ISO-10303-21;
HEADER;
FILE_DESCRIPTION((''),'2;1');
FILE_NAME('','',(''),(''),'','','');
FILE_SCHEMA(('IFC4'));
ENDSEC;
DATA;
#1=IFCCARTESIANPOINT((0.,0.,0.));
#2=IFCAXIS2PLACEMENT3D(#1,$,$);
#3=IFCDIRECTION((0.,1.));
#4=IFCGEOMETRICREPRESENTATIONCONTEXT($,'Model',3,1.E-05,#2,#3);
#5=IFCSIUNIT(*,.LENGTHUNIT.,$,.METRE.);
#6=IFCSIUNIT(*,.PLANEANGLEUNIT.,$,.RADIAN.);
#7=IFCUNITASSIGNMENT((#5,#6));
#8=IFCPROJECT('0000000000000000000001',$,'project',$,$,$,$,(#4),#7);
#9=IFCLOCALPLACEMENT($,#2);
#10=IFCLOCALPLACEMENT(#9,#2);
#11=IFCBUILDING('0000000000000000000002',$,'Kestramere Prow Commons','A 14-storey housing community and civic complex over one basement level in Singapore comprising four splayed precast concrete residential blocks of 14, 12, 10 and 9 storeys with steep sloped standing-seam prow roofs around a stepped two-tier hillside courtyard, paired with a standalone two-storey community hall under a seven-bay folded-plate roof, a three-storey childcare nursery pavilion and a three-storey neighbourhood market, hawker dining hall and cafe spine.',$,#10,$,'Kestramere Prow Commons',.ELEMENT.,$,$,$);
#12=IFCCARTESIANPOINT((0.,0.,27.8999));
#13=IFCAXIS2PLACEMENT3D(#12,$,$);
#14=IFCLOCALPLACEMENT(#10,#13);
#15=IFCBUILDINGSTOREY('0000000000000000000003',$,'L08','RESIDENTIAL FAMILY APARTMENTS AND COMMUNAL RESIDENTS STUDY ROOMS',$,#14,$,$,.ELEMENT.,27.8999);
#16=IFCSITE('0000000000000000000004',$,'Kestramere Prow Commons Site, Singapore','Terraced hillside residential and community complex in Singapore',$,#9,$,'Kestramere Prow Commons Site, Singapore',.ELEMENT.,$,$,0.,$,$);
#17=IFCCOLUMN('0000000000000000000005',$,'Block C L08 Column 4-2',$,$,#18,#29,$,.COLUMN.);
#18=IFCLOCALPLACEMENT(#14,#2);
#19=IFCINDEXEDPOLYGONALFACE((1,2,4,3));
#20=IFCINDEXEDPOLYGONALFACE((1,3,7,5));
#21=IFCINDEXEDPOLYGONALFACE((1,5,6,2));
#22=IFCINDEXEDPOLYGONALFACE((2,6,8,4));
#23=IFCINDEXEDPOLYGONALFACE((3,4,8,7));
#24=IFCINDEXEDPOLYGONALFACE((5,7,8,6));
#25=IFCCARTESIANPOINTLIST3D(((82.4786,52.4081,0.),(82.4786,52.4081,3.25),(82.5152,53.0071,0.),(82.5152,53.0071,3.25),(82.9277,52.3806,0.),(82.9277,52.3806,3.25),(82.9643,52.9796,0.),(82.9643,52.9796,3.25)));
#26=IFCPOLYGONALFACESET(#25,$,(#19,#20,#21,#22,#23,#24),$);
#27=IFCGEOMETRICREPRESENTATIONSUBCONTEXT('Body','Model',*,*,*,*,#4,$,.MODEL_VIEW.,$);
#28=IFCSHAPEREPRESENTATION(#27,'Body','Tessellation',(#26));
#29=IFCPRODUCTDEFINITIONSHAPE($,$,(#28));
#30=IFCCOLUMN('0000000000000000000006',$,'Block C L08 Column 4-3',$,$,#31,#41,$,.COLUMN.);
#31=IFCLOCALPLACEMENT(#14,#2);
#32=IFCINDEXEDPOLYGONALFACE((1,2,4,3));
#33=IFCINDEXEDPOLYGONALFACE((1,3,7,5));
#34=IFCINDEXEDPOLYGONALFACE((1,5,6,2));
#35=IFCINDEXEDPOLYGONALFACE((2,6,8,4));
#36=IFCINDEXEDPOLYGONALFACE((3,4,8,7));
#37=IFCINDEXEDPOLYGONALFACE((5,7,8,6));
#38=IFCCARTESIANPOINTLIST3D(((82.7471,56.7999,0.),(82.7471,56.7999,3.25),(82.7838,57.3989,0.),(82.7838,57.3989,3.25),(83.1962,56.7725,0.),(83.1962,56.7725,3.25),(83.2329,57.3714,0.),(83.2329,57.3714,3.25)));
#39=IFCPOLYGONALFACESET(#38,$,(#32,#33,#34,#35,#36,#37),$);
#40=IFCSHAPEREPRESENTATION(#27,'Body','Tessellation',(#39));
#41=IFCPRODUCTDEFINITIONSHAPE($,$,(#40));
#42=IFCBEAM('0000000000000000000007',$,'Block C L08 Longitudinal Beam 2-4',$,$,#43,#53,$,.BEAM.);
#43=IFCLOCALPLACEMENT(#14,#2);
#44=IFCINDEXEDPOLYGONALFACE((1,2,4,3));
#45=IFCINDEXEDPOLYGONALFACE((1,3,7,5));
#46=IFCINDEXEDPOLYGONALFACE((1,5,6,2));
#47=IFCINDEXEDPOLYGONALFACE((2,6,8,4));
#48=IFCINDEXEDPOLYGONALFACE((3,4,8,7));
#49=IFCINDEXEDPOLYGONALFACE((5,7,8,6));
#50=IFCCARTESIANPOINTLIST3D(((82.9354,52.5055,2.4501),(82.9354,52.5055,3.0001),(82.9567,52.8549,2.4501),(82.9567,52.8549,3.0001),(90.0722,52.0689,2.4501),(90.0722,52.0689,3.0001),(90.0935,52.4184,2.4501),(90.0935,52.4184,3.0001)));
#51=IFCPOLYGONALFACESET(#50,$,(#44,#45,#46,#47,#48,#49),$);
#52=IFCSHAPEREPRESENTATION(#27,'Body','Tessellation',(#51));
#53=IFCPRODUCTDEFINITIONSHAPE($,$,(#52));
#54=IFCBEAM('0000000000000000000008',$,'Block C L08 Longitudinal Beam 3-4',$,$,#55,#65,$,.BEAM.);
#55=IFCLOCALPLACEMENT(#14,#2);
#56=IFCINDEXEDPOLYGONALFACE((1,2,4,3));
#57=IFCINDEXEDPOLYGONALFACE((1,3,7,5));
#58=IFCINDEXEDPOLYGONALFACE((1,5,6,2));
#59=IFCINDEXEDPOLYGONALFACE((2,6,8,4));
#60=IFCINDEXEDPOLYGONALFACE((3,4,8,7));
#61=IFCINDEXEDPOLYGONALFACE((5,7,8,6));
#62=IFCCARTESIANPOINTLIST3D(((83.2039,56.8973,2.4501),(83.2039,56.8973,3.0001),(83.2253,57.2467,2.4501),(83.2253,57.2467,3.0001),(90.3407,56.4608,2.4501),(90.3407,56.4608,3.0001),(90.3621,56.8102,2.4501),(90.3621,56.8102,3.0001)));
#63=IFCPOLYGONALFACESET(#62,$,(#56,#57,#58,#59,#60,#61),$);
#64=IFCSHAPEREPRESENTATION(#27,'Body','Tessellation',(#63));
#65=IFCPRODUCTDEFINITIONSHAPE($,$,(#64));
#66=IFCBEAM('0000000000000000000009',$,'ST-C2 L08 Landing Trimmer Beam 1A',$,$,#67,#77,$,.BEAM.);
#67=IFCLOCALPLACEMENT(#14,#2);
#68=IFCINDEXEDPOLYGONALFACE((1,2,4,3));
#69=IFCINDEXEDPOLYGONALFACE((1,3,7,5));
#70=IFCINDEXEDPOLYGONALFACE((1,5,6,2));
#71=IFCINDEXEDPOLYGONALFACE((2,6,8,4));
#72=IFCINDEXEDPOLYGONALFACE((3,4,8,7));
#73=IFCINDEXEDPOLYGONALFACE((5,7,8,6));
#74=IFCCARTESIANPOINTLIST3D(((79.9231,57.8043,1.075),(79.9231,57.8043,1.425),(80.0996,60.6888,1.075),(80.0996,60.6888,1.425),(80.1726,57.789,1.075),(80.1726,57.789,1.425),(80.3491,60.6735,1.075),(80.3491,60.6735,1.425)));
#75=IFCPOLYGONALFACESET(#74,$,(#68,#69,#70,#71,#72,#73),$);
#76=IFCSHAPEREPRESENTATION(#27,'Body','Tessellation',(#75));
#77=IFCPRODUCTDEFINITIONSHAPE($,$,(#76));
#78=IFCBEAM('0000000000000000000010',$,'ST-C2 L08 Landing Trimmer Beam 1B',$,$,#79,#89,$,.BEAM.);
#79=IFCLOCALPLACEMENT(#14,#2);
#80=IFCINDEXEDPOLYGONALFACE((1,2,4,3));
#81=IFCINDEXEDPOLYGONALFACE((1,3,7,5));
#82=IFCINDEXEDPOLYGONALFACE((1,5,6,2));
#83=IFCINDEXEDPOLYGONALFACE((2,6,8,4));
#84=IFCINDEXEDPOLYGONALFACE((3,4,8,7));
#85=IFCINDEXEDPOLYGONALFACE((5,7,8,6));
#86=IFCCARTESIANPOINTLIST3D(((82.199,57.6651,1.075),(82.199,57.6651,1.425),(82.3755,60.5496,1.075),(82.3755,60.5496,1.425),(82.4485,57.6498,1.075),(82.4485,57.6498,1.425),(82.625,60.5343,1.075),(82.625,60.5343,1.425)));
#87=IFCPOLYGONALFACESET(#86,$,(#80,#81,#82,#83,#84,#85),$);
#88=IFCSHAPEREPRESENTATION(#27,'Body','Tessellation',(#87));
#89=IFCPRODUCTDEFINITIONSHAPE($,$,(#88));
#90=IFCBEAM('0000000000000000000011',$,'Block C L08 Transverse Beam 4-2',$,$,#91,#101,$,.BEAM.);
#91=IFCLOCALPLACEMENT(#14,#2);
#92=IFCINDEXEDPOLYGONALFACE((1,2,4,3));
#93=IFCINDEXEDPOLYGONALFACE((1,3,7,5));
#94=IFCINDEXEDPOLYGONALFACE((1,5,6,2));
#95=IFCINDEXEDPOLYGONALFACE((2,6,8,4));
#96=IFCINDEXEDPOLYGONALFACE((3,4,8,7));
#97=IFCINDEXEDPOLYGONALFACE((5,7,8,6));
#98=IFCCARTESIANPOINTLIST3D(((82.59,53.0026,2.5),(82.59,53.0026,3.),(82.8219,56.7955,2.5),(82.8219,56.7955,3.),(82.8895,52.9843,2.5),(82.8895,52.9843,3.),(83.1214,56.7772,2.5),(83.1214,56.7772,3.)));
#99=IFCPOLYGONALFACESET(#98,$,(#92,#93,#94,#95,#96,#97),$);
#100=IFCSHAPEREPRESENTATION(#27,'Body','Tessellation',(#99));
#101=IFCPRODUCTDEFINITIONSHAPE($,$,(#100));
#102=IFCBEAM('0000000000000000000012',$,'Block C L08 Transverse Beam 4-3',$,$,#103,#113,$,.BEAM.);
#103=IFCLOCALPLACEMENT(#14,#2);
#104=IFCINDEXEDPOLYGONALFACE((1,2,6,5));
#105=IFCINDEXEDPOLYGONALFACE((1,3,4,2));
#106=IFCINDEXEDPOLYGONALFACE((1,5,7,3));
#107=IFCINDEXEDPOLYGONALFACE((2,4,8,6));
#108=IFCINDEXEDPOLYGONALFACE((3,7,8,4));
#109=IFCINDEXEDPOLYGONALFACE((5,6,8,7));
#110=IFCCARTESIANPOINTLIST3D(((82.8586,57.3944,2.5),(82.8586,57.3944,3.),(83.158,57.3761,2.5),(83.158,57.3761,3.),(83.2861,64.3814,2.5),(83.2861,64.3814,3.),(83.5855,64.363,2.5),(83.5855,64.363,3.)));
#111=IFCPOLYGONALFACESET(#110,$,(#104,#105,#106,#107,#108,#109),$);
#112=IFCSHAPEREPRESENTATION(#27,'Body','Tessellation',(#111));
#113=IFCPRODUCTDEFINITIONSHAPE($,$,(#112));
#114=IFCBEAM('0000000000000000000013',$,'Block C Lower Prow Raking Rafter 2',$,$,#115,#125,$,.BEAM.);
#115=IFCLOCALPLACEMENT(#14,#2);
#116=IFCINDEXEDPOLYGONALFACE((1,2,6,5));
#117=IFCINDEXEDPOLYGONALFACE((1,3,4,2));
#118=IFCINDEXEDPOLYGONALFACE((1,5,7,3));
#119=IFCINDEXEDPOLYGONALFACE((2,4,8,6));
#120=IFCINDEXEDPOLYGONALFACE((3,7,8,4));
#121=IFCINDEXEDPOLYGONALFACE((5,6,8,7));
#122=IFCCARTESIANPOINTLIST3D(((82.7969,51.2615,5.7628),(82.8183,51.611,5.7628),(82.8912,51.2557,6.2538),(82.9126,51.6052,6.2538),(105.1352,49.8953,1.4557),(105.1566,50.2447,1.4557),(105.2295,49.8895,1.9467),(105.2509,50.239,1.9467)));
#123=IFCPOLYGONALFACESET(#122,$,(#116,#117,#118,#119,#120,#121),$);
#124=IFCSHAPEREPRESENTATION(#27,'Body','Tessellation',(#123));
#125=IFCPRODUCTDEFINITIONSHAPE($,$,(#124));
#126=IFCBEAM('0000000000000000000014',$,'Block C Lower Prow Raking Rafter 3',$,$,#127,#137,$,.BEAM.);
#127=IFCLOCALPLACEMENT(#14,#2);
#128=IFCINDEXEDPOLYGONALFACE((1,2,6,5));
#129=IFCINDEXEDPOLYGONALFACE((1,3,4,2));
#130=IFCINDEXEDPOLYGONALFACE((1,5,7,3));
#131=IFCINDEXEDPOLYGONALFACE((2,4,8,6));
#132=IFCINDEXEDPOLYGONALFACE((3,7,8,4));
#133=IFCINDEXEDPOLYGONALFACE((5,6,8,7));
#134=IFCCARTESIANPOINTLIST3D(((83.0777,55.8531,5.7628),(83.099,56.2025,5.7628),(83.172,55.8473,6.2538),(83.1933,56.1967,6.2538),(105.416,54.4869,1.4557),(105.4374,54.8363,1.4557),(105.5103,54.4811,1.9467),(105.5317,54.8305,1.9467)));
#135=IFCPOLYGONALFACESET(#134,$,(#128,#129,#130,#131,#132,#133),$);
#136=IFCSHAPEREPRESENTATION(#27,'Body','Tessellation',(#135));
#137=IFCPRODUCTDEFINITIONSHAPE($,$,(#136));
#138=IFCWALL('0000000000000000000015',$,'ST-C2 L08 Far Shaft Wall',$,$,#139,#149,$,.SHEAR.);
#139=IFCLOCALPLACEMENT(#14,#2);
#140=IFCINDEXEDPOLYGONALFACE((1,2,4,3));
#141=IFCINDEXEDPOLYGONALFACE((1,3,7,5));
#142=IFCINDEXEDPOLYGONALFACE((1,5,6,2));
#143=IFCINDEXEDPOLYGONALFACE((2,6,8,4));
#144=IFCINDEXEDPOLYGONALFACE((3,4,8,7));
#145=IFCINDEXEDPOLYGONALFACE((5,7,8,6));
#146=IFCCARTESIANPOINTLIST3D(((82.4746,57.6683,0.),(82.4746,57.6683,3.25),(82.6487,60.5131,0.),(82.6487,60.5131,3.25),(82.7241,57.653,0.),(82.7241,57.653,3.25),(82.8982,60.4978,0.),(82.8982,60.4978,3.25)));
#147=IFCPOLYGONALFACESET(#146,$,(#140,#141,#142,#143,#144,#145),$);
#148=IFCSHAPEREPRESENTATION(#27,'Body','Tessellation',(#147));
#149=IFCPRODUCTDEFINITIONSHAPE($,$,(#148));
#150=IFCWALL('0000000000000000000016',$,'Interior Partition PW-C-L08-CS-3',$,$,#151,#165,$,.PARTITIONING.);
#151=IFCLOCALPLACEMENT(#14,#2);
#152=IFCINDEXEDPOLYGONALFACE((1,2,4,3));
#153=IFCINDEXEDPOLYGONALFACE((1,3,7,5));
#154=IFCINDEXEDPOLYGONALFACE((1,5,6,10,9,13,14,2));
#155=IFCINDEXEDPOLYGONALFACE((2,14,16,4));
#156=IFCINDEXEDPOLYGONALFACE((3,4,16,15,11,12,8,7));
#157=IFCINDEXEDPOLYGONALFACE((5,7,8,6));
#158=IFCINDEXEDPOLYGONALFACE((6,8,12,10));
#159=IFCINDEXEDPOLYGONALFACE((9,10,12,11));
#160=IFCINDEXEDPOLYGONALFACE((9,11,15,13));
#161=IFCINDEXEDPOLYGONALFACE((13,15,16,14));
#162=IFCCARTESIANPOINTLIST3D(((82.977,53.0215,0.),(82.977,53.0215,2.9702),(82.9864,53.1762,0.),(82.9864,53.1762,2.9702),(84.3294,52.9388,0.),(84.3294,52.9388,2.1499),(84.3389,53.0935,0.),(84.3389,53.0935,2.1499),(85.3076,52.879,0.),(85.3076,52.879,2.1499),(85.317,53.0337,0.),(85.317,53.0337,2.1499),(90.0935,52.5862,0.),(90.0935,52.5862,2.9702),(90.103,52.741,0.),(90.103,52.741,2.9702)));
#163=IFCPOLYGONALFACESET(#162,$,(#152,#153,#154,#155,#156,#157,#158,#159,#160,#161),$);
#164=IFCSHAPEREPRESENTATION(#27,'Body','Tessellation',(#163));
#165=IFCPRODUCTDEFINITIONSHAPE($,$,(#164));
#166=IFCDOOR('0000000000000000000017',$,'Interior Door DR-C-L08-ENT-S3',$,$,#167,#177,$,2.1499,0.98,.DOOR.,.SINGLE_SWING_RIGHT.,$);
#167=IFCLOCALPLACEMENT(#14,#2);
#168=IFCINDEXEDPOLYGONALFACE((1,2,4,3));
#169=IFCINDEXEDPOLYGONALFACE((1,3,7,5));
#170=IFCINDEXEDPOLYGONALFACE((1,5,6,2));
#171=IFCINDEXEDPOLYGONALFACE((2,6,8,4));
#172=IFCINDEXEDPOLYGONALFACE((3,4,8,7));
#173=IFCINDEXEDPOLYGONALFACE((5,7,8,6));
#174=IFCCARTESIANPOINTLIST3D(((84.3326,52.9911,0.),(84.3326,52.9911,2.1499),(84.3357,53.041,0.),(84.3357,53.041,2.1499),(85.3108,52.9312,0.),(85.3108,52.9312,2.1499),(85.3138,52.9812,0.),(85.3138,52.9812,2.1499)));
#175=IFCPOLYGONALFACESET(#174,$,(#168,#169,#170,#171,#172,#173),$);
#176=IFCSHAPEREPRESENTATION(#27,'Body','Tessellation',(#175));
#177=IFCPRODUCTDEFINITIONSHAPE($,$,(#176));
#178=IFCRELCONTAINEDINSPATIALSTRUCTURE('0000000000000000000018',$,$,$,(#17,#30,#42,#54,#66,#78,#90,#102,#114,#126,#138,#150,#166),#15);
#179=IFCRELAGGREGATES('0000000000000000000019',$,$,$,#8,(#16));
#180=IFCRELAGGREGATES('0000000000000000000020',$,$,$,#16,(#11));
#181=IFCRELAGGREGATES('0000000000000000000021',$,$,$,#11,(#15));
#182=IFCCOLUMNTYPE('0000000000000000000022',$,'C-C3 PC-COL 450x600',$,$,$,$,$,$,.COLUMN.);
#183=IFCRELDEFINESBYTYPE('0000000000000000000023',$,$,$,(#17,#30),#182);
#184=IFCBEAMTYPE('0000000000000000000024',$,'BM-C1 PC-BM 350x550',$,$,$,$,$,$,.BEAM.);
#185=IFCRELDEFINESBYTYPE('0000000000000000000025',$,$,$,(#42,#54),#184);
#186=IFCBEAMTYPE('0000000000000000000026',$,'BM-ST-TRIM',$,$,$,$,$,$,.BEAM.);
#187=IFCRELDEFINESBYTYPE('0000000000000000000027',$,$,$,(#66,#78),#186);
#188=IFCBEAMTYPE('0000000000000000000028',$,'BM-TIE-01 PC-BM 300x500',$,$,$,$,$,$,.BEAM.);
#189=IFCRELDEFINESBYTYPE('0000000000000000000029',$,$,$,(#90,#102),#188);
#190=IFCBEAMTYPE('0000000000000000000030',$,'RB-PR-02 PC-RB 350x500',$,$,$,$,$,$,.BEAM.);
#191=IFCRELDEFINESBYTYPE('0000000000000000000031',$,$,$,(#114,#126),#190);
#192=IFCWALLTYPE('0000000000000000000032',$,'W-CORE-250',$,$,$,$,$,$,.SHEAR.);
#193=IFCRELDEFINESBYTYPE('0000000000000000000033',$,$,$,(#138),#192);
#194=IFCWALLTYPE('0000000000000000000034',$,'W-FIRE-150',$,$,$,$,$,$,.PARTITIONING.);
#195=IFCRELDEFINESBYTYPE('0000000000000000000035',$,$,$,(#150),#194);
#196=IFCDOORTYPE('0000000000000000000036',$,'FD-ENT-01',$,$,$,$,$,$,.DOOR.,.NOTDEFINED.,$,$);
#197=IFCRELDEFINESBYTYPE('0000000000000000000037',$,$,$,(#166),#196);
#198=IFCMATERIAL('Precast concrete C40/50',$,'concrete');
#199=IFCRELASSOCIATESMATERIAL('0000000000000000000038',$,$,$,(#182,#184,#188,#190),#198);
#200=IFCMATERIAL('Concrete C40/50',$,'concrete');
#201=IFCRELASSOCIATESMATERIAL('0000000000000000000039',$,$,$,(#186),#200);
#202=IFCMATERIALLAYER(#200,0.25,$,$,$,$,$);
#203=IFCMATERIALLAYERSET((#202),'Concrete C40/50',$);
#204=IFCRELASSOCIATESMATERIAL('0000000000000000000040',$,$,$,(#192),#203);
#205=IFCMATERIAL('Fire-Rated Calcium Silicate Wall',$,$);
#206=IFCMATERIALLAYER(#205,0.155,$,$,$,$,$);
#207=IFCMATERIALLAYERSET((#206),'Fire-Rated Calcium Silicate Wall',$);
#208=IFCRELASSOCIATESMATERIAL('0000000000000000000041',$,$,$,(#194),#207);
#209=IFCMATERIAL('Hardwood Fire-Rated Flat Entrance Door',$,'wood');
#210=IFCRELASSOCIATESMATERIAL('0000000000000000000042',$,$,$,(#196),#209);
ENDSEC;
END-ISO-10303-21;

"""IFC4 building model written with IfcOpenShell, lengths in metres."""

from ifc_helpers import new_model, si_unit, direction, frame, frame_2d, origin, origin_2d, place, context, subcontext, project, spatial, rectangle, extrude, material, layer, layer_set, material_profile, profile_set, type_object, element, fill, save


model = new_model("IFC4")

# Units and contexts
model_context = context("Model", 3, precision=1e-05, world=origin(), true_north=direction((0.0, 1.0)))
body_context = subcontext(model_context, "Body", "Model", "MODEL_VIEW")
ifc_project = project(units=[si_unit("LENGTHUNIT", "METRE"), si_unit("PLANEANGLEUNIT", "RADIAN")], contexts=[model_context])

# Site, building, storey
site_placement = place(None, origin())
site = spatial("IfcSite", under=ifc_project, at=site_placement, Name="Kestramere Prow Commons Site, Singapore", Description="Terraced hillside residential and community complex in Singapore", LongName="Kestramere Prow Commons Site, Singapore", CompositionType="ELEMENT", RefElevation=0.0)
building_placement = place(site_placement, origin())
building = spatial("IfcBuilding", under=site, at=building_placement, Name="Kestramere Prow Commons", Description="A 14-storey housing community and civic complex over one basement level in Singapore comprising four splayed precast concrete residential blocks of 14, 12, 10 and 9 storeys with steep sloped standing-seam prow roofs around a stepped two-tier hillside courtyard, paired with a standalone two-storey community hall under a seven-bay folded-plate roof, a three-storey childcare nursery pavilion and a three-storey neighbourhood market, hawker dining hall and cafe spine.", LongName="Kestramere Prow Commons", CompositionType="ELEMENT")
storey_placement = place(building_placement, frame((0.0, 0.0, 27.8999)))
storey = spatial("IfcBuildingStorey", under=building, at=storey_placement, Name="L08", Description="RESIDENTIAL FAMILY APARTMENTS AND COMMUNAL RESIDENTS STUDY ROOMS", CompositionType="ELEMENT", Elevation=27.8999)

# Columns
ifc_material_1 = material(Name="Precast concrete C40/50", Category="concrete")
ifc_material_profile_1 = material_profile(ifc_material_1, rectangle(XDim=0.45, YDim=0.6001, at=origin_2d()), Name="PC-COL 450x600")
ifc_profile_set_1 = profile_set([ifc_material_profile_1], Name="Precast concrete C40/50")
column_type = type_object("IfcColumnType", Name="C-C3 PC-COL 450x600", PredefinedType="COLUMN", material=ifc_profile_set_1)
for number, where, z_axis, x_axis, name in (
    (1, (82.7214, 52.6938, 0.0), (0.0, 0.0, 1.0), (0.998135, -0.061049, 0.0), "Block C L08 Column 4-2"),
    (2, (82.99, 57.0857, 0.0), (0.0, 0.0, 1.0), (0.998135, -0.061049, 0.0), "Block C L08 Column 4-3"),
):
    element("IfcColumn", number, at=place(storey_placement, frame(where, z_axis=z_axis, x_axis=x_axis)), inside=storey, type_object=column_type, Name=name, PredefinedType="COLUMN", context=body_context, shape_type="SweptSolid", body=[
        extrude(rectangle(XDim=0.45, YDim=0.6001, at=origin_2d()), origin(), (0.0, 0.0, 1.0), 3.25),
    ])

# Beams
ifc_material_profile_2 = material_profile(ifc_material_1, rectangle(XDim=0.3501, YDim=0.55, at=origin_2d()), Name="PC-BM 350x550")
ifc_profile_set_2 = profile_set([ifc_material_profile_2], Name="Precast concrete C40/50")
beam_type_1 = type_object("IfcBeamType", Name="BM-C1 PC-BM 350x550", PredefinedType="BEAM", material=ifc_profile_set_2)
for number, where, z_axis, x_axis, name in (
    (3, (82.946, 52.6802, 2.7251), (0.998135, -0.061052, 0.0), (0.061052, 0.998135, 0.0), "Block C L08 Longitudinal Beam 2-4"),
    (4, (83.2146, 57.072, 2.7251), (0.998135, -0.061052, 0.0), (0.061052, 0.998135, 0.0), "Block C L08 Longitudinal Beam 3-4"),
):
    element("IfcBeam", number, at=place(storey_placement, frame(where, z_axis=z_axis, x_axis=x_axis)), inside=storey, type_object=beam_type_1, Name=name, PredefinedType="BEAM", context=body_context, shape_type="SweptSolid", body=[
        extrude(rectangle(XDim=0.3501, YDim=0.55, at=origin_2d()), origin(), (0.0, 0.0, 1.0), 7.1501),
    ])
ifc_material_2 = material(Name="Concrete C40/50", Category="concrete")
ifc_material_profile_3 = material_profile(ifc_material_2, rectangle(XDim=0.25, YDim=0.3501, at=origin_2d()), Name="PC-BM 250x350")
ifc_profile_set_3 = profile_set([ifc_material_profile_3], Name="Concrete C40/50")
beam_type_2 = type_object("IfcBeamType", Name="BM-ST-TRIM", PredefinedType="BEAM", material=ifc_profile_set_3)
for number, where, z_axis, x_axis, name in (
    (5, (80.0479, 57.7966, 1.25), (0.061079, 0.998133, 0.0), (-0.998133, 0.061079, 0.0), "ST-C2 L08 Landing Trimmer Beam 1A"),
    (6, (82.3237, 57.6575, 1.25), (0.061079, 0.998133, 0.0), (-0.998133, 0.061079, 0.0), "ST-C2 L08 Landing Trimmer Beam 1B"),
):
    element("IfcBeam", number, at=place(storey_placement, frame(where, z_axis=z_axis, x_axis=x_axis)), inside=storey, type_object=beam_type_2, Name=name, PredefinedType="BEAM", context=body_context, shape_type="SweptSolid", body=[
        extrude(rectangle(XDim=0.25, YDim=0.3501, at=origin_2d()), origin(), (0.0, 0.0, 1.0), 2.8899),
    ])
ifc_material_profile_4 = material_profile(ifc_material_1, rectangle(XDim=0.3, YDim=0.5, at=origin_2d()), Name="PC-BM 300x500")
ifc_profile_set_4 = profile_set([ifc_material_profile_4], Name="Precast concrete C40/50")
beam_type_3 = type_object("IfcBeamType", Name="BM-TIE-01 PC-BM 300x500", PredefinedType="BEAM", material=ifc_profile_set_4)
beam_1_placement = place(storey_placement, frame((82.7397, 52.9934, 2.75), z_axis=(0.061034, 0.998136, 0.0), x_axis=(-0.998136, 0.061034, 0.0)))
element("IfcBeam", 7, at=beam_1_placement, inside=storey, type_object=beam_type_3, Name="Block C L08 Transverse Beam 4-2", PredefinedType="BEAM", context=body_context, shape_type="SweptSolid", body=[
    extrude(rectangle(XDim=0.3, YDim=0.5, at=origin_2d()), origin(), (0.0, 0.0, 1.0), 3.8),
])
beam_2_placement = place(storey_placement, frame((83.0083, 57.3853, 2.75), z_axis=(0.061071, 0.998133, 0.0), x_axis=(-0.998133, 0.061071, 0.0)))
element("IfcBeam", 8, at=beam_2_placement, inside=storey, type_object=beam_type_3, Name="Block C L08 Transverse Beam 4-3", PredefinedType="BEAM", context=body_context, shape_type="SweptSolid", body=[
    extrude(rectangle(XDim=0.3, YDim=0.5, at=origin_2d()), origin(), (0.0, 0.0, 1.0), 7.0),
])
ifc_material_profile_5 = material_profile(ifc_material_1, rectangle(XDim=0.3501, YDim=0.5, at=origin_2d()), Name="PC-RB 350x500")
ifc_profile_set_5 = profile_set([ifc_material_profile_5], Name="Precast concrete C40/50")
beam_type_4 = type_object("IfcBeamType", Name="RB-PR-02 PC-RB 350x500", PredefinedType="BEAM", material=ifc_profile_set_5)
for number, where, z_axis, x_axis, name in (
    (9, (82.8547, 51.4333, 6.0083), (0.980148, -0.059946, -0.188985), (0.061046, 0.998135, 0.0), "Block C Lower Prow Raking Rafter 2"),
    (10, (83.1355, 56.0249, 6.0083), (0.980148, -0.059946, -0.188985), (0.061046, 0.998135, 0.0), "Block C Lower Prow Raking Rafter 3"),
):
    element("IfcBeam", number, at=place(storey_placement, frame(where, z_axis=z_axis, x_axis=x_axis)), inside=storey, type_object=beam_type_4, Name=name, PredefinedType="BEAM", context=body_context, shape_type="SweptSolid", body=[
        extrude(rectangle(XDim=0.3501, YDim=0.5, at=origin_2d()), origin(), (0.0, 0.0, 1.0), 22.7908),
    ])

# Wall
ifc_layer_1 = layer(ifc_material_2, 0.25)
ifc_layer_set_1 = layer_set([ifc_layer_1], Name="Concrete C40/50")
wall_type_1 = type_object("IfcWallType", Name="W-CORE-250", PredefinedType="SHEAR", material=ifc_layer_set_1)
wall_1_placement = place(storey_placement, frame((82.5994, 57.6606, 0.0), z_axis=(0.0, 0.0, 1.0), x_axis=(0.061077, 0.998133, 0.0)))
element("IfcWall", 11, at=wall_1_placement, inside=storey, type_object=wall_type_1, Name="ST-C2 L08 Far Shaft Wall", PredefinedType="SHEAR", context=body_context, shape_type="SweptSolid", body=[
    extrude(rectangle(XDim=2.8501, YDim=0.25, at=frame_2d((1.425, 0.0))), origin(), (0.0, 0.0, 1.0), 3.25),
])

# Wall, opening, door
ifc_material_3 = material(Name="Fire-Rated Calcium Silicate Wall")
ifc_layer_2 = layer(ifc_material_3, 0.155)
ifc_layer_set_2 = layer_set([ifc_layer_2], Name="Fire-Rated Calcium Silicate Wall")
wall_type_2 = type_object("IfcWallType", Name="W-FIRE-150", PredefinedType="PARTITIONING", material=ifc_layer_set_2)
wall_2_placement = place(storey_placement, frame((82.9817, 53.0989, 0.0), z_axis=(0.0, 0.0, 1.0), x_axis=(0.998135, -0.061052, 0.0)))
wall_2 = element("IfcWall", 12, at=wall_2_placement, inside=storey, type_object=wall_type_2, Name="Interior Partition PW-C-L08-CS-3", PredefinedType="PARTITIONING", context=body_context, shape_type="SweptSolid", body=[
    extrude(rectangle(XDim=7.1299, YDim=0.155, at=frame_2d((3.5649, 0.0))), origin(), (0.0, 0.0, 1.0), 2.9702),
])
opening_1_placement = place(wall_2_placement, frame((1.355, 0.0, 0.0)))
opening_1 = element("IfcOpeningElement", 13, at=opening_1_placement, cuts=wall_2, PredefinedType="OPENING", context=body_context, shape_type="SweptSolid", body=[
    extrude(rectangle(XDim=0.98, YDim=2.1499, at=frame_2d((0.49, 1.075))), frame((0.0, 0.0925, 0.0), z_axis=(0.0, -1.0, 0.0), x_axis=(1.0, 0.0, 0.0)), (0.0, 0.0, 1.0), 0.1851),
])
ifc_material_4 = material(Name="Hardwood Fire-Rated Flat Entrance Door", Category="wood")
door_type_1 = type_object("IfcDoorType", Name="FD-ENT-01", OperationType="NOTDEFINED", PredefinedType="DOOR", material=ifc_material_4)
door_1_placement = place(opening_1_placement, origin())
door_1 = element("IfcDoor", 14, at=door_1_placement, inside=storey, type_object=door_type_1, Name="Interior Door DR-C-L08-ENT-S3", OperationType="SINGLE_SWING_RIGHT", OverallHeight=2.1499, OverallWidth=0.98, PredefinedType="DOOR", context=body_context, shape_type="SweptSolid", body=[
    extrude(rectangle(XDim=0.98, YDim=2.1499, at=frame_2d((0.49, 1.075))), frame((0.0, 0.0249, 0.0), z_axis=(0.0, -1.0, 0.0), x_axis=(1.0, 0.0, 0.0)), (0.0, 0.0, 1.0), 0.05),
])
fill(opening_1, door_1)

save(model, "model.ifc")
